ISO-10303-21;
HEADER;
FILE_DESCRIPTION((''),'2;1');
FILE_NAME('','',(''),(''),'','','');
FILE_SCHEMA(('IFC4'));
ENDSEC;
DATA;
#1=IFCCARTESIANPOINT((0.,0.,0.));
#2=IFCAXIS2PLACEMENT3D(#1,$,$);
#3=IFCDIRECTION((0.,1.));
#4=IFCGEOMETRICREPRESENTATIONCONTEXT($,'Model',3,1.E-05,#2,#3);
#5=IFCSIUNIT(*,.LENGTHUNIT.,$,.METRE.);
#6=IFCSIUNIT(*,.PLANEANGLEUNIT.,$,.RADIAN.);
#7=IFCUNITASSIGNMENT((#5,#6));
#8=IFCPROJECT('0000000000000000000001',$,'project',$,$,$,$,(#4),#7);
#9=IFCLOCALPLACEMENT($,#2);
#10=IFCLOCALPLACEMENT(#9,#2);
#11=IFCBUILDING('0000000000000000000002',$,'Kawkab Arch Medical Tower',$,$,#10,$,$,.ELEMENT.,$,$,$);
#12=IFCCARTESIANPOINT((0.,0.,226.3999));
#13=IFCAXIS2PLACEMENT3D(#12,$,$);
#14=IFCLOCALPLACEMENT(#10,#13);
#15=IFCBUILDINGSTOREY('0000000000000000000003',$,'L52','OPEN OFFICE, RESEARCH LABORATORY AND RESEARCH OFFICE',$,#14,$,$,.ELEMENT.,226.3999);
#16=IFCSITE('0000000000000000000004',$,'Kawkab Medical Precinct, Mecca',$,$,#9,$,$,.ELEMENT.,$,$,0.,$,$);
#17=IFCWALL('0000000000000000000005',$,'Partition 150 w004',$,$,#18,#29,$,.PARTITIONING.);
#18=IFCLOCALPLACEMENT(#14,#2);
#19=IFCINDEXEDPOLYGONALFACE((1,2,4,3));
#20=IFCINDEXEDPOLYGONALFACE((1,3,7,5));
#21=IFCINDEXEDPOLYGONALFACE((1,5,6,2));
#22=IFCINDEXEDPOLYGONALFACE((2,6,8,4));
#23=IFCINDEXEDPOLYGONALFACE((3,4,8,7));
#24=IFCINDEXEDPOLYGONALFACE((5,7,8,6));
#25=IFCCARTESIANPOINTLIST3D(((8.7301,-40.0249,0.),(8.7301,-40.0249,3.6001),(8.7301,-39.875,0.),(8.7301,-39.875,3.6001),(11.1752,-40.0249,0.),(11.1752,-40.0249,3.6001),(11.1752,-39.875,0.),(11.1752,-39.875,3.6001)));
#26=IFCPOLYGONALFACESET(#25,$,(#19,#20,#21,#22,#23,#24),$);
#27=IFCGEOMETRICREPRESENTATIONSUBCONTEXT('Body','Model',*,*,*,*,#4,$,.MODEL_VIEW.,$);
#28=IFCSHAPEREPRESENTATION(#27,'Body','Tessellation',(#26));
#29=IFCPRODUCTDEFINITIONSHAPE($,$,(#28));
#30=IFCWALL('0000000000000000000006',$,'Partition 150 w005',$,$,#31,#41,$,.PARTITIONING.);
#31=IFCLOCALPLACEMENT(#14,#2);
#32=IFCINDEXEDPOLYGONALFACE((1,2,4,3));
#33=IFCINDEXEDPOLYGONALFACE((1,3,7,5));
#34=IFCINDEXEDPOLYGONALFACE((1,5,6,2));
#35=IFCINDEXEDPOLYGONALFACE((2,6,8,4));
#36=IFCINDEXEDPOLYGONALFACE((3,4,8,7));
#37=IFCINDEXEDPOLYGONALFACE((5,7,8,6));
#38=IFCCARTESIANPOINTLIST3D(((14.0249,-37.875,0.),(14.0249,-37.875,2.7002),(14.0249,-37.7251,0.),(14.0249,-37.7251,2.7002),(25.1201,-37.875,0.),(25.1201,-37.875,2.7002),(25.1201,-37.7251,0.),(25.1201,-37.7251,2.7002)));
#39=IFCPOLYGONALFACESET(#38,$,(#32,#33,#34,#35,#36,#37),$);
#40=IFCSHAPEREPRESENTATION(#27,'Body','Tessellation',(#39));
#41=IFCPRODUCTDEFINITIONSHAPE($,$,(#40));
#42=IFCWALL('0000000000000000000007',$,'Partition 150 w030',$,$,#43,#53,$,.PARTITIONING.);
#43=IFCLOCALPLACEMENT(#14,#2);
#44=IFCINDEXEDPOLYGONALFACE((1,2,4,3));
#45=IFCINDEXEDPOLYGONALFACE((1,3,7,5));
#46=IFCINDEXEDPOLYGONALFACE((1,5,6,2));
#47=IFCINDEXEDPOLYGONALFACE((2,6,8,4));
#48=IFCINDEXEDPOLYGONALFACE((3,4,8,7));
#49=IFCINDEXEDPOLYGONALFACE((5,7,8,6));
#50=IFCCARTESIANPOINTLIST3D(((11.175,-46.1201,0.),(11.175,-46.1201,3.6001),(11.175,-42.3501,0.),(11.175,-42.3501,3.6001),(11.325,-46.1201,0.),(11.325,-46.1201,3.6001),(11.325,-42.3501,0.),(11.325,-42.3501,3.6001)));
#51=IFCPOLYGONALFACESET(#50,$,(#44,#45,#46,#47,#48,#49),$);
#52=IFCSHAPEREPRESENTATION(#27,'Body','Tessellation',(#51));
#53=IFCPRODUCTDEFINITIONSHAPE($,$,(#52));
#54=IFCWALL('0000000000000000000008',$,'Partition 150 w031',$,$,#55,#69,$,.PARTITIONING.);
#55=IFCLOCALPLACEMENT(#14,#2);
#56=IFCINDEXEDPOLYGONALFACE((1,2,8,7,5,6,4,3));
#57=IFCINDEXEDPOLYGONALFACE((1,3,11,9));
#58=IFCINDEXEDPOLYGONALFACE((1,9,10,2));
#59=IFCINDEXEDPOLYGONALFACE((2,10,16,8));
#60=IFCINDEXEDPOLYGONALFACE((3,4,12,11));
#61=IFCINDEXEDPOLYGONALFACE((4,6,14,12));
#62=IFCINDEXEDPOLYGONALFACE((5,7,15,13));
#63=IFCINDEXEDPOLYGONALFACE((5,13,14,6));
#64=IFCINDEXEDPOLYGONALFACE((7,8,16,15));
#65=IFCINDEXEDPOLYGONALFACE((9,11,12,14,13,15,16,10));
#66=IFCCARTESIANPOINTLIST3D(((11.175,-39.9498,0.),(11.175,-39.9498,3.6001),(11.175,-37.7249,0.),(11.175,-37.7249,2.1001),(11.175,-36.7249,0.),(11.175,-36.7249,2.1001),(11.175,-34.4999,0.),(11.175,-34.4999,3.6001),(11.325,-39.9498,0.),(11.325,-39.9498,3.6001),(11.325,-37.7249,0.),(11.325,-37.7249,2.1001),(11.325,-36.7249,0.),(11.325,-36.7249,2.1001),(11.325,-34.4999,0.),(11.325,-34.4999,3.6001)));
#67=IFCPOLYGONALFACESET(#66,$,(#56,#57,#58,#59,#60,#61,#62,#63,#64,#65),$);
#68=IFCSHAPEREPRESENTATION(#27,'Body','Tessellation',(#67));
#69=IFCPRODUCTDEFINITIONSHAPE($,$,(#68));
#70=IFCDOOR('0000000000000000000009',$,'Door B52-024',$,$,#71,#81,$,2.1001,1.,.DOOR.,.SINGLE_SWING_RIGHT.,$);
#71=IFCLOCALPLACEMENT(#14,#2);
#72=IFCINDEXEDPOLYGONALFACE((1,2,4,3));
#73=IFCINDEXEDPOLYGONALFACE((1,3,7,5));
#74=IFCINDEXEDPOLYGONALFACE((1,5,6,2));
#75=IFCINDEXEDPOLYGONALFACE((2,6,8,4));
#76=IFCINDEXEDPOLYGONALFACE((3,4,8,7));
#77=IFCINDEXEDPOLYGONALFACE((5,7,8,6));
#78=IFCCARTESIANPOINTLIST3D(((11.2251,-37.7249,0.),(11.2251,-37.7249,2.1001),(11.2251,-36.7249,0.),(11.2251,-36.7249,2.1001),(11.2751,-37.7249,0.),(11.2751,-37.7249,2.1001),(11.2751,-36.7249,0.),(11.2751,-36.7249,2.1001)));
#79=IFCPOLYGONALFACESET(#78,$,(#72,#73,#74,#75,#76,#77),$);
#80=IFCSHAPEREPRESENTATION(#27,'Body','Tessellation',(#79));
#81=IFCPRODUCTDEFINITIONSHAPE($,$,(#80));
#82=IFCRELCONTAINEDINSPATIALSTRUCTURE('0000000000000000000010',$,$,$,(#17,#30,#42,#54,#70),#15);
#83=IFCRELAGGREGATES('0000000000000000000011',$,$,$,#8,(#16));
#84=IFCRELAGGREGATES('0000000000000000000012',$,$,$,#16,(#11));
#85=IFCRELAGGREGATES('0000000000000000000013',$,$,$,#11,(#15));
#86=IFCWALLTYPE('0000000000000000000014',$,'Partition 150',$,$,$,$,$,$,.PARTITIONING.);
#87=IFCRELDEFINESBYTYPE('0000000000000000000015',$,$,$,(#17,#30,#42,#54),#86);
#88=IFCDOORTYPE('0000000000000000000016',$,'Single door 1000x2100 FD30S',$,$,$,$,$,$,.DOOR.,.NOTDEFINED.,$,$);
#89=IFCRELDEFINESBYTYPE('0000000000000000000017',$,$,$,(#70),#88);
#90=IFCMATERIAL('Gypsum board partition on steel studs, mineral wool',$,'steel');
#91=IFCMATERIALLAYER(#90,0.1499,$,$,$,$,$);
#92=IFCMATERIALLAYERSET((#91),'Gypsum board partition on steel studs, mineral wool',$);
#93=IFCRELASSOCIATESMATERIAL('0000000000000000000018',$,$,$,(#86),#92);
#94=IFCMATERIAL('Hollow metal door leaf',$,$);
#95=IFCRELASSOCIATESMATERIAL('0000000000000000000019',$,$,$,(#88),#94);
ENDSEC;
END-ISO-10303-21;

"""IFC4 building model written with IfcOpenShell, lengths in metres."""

from ifc_helpers import new_model, si_unit, direction, frame, frame_2d, origin, place, context, subcontext, project, spatial, rectangle, extrude, material, layer, layer_set, type_object, element, fill, save


model = new_model("IFC4")

# Units and contexts
model_context = context("Model", 3, precision=1e-05, world=origin(), true_north=direction((0.0, 1.0)))
body_context = subcontext(model_context, "Body", "Model", "MODEL_VIEW")
ifc_project = project(units=[si_unit("LENGTHUNIT", "METRE"), si_unit("PLANEANGLEUNIT", "RADIAN")], contexts=[model_context])

# Site, building, storey
site_placement = place(None, origin())
site = spatial("IfcSite", under=ifc_project, at=site_placement, Name="Kawkab Medical Precinct, Mecca", CompositionType="ELEMENT", RefElevation=0.0)
building_placement = place(site_placement, origin())
building = spatial("IfcBuilding", under=site, at=building_placement, Name="Kawkab Arch Medical Tower", CompositionType="ELEMENT")
storey_placement = place(building_placement, frame((0.0, 0.0, 226.3999)))
storey = spatial("IfcBuildingStorey", under=building, at=storey_placement, Name="L52", Description="OPEN OFFICE, RESEARCH LABORATORY AND RESEARCH OFFICE", CompositionType="ELEMENT", Elevation=226.3999)

# Walls
ifc_material_1 = material(Name="Gypsum board partition on steel studs, mineral wool", Category="steel")
ifc_layer_1 = layer(ifc_material_1, 0.1499)
ifc_layer_set_1 = layer_set([ifc_layer_1], Name="Gypsum board partition on steel studs, mineral wool")
wall_type_1 = type_object("IfcWallType", Name="Partition 150", PredefinedType="PARTITIONING", material=ifc_layer_set_1)
wall_1_placement = place(storey_placement, frame((8.73, -39.95, 0.0), z_axis=(0.0, 0.0, 1.0), x_axis=(1.0, 0.0, 0.0)))
element("IfcWall", 1, at=wall_1_placement, inside=storey, type_object=wall_type_1, Name="Partition 150 w004", PredefinedType="PARTITIONING", context=body_context, shape_type="SweptSolid", body=[
    extrude(rectangle(XDim=2.4451, YDim=0.1499, at=frame_2d((1.2227, 0.0))), origin(), (0.0, 0.0, 1.0), 3.6001),
])
wall_2_placement = place(storey_placement, frame((14.0249, -37.8, 0.0), z_axis=(0.0, 0.0, 1.0), x_axis=(1.0, 0.0, 0.0)))
element("IfcWall", 2, at=wall_2_placement, inside=storey, type_object=wall_type_1, Name="Partition 150 w005", PredefinedType="PARTITIONING", context=body_context, shape_type="SweptSolid", body=[
    extrude(rectangle(XDim=11.0952, YDim=0.1499, at=frame_2d((5.5476, 0.0))), origin(), (0.0, 0.0, 1.0), 2.7002),
])
wall_3_placement = place(storey_placement, frame((11.25, -46.1201, 0.0), z_axis=(0.0, 0.0, 1.0), x_axis=(0.0, 1.0, 0.0)))
element("IfcWall", 3, at=wall_3_placement, inside=storey, type_object=wall_type_1, Name="Partition 150 w030", PredefinedType="PARTITIONING", context=body_context, shape_type="SweptSolid", body=[
    extrude(rectangle(XDim=3.77, YDim=0.1499, at=frame_2d((1.885, 0.0))), origin(), (0.0, 0.0, 1.0), 3.6001),
])

# Wall, opening, door
wall_4_placement = place(storey_placement, frame((11.25, -39.95, 0.0), z_axis=(0.0, 0.0, 1.0), x_axis=(0.0, 1.0, 0.0)))
wall_4 = element("IfcWall", 4, at=wall_4_placement, inside=storey, type_object=wall_type_1, Name="Partition 150 w031", PredefinedType="PARTITIONING", context=body_context, shape_type="SweptSolid", body=[
    extrude(rectangle(XDim=5.45, YDim=0.1499, at=frame_2d((2.7251, 0.0))), origin(), (0.0, 0.0, 1.0), 3.6001),
])
opening_1_placement = place(wall_4_placement, frame((2.2251, 0.0, 0.0)))
opening_1 = element("IfcOpeningElement", 5, at=opening_1_placement, cuts=wall_4, PredefinedType="OPENING", context=body_context, shape_type="SweptSolid", body=[
    extrude(rectangle(XDim=1.0, YDim=2.1001, at=frame_2d((0.5, 1.05))), frame((0.0, 0.085, 0.0), z_axis=(0.0, -1.0, 0.0), x_axis=(1.0, 0.0, 0.0)), (0.0, 0.0, 1.0), 0.1699),
])
ifc_material_2 = material(Name="Hollow metal door leaf")
door_type = type_object("IfcDoorType", Name="Single door 1000x2100 FD30S", OperationType="NOTDEFINED", PredefinedType="DOOR", material=ifc_material_2)
door_1_placement = place(opening_1_placement, origin())
door_1 = element("IfcDoor", 6, at=door_1_placement, inside=storey, type_object=door_type, Name="Door B52-024", OperationType="SINGLE_SWING_RIGHT", OverallHeight=2.1001, OverallWidth=1.0, PredefinedType="DOOR", context=body_context, shape_type="SweptSolid", body=[
    extrude(rectangle(XDim=1.0, YDim=2.1001, at=frame_2d((0.5, 1.05))), frame((0.0, 0.0249, 0.0), z_axis=(0.0, -1.0, 0.0), x_axis=(1.0, 0.0, 0.0)), (0.0, 0.0, 1.0), 0.05),
])
fill(opening_1, door_1)

save(model, "model.ifc")
